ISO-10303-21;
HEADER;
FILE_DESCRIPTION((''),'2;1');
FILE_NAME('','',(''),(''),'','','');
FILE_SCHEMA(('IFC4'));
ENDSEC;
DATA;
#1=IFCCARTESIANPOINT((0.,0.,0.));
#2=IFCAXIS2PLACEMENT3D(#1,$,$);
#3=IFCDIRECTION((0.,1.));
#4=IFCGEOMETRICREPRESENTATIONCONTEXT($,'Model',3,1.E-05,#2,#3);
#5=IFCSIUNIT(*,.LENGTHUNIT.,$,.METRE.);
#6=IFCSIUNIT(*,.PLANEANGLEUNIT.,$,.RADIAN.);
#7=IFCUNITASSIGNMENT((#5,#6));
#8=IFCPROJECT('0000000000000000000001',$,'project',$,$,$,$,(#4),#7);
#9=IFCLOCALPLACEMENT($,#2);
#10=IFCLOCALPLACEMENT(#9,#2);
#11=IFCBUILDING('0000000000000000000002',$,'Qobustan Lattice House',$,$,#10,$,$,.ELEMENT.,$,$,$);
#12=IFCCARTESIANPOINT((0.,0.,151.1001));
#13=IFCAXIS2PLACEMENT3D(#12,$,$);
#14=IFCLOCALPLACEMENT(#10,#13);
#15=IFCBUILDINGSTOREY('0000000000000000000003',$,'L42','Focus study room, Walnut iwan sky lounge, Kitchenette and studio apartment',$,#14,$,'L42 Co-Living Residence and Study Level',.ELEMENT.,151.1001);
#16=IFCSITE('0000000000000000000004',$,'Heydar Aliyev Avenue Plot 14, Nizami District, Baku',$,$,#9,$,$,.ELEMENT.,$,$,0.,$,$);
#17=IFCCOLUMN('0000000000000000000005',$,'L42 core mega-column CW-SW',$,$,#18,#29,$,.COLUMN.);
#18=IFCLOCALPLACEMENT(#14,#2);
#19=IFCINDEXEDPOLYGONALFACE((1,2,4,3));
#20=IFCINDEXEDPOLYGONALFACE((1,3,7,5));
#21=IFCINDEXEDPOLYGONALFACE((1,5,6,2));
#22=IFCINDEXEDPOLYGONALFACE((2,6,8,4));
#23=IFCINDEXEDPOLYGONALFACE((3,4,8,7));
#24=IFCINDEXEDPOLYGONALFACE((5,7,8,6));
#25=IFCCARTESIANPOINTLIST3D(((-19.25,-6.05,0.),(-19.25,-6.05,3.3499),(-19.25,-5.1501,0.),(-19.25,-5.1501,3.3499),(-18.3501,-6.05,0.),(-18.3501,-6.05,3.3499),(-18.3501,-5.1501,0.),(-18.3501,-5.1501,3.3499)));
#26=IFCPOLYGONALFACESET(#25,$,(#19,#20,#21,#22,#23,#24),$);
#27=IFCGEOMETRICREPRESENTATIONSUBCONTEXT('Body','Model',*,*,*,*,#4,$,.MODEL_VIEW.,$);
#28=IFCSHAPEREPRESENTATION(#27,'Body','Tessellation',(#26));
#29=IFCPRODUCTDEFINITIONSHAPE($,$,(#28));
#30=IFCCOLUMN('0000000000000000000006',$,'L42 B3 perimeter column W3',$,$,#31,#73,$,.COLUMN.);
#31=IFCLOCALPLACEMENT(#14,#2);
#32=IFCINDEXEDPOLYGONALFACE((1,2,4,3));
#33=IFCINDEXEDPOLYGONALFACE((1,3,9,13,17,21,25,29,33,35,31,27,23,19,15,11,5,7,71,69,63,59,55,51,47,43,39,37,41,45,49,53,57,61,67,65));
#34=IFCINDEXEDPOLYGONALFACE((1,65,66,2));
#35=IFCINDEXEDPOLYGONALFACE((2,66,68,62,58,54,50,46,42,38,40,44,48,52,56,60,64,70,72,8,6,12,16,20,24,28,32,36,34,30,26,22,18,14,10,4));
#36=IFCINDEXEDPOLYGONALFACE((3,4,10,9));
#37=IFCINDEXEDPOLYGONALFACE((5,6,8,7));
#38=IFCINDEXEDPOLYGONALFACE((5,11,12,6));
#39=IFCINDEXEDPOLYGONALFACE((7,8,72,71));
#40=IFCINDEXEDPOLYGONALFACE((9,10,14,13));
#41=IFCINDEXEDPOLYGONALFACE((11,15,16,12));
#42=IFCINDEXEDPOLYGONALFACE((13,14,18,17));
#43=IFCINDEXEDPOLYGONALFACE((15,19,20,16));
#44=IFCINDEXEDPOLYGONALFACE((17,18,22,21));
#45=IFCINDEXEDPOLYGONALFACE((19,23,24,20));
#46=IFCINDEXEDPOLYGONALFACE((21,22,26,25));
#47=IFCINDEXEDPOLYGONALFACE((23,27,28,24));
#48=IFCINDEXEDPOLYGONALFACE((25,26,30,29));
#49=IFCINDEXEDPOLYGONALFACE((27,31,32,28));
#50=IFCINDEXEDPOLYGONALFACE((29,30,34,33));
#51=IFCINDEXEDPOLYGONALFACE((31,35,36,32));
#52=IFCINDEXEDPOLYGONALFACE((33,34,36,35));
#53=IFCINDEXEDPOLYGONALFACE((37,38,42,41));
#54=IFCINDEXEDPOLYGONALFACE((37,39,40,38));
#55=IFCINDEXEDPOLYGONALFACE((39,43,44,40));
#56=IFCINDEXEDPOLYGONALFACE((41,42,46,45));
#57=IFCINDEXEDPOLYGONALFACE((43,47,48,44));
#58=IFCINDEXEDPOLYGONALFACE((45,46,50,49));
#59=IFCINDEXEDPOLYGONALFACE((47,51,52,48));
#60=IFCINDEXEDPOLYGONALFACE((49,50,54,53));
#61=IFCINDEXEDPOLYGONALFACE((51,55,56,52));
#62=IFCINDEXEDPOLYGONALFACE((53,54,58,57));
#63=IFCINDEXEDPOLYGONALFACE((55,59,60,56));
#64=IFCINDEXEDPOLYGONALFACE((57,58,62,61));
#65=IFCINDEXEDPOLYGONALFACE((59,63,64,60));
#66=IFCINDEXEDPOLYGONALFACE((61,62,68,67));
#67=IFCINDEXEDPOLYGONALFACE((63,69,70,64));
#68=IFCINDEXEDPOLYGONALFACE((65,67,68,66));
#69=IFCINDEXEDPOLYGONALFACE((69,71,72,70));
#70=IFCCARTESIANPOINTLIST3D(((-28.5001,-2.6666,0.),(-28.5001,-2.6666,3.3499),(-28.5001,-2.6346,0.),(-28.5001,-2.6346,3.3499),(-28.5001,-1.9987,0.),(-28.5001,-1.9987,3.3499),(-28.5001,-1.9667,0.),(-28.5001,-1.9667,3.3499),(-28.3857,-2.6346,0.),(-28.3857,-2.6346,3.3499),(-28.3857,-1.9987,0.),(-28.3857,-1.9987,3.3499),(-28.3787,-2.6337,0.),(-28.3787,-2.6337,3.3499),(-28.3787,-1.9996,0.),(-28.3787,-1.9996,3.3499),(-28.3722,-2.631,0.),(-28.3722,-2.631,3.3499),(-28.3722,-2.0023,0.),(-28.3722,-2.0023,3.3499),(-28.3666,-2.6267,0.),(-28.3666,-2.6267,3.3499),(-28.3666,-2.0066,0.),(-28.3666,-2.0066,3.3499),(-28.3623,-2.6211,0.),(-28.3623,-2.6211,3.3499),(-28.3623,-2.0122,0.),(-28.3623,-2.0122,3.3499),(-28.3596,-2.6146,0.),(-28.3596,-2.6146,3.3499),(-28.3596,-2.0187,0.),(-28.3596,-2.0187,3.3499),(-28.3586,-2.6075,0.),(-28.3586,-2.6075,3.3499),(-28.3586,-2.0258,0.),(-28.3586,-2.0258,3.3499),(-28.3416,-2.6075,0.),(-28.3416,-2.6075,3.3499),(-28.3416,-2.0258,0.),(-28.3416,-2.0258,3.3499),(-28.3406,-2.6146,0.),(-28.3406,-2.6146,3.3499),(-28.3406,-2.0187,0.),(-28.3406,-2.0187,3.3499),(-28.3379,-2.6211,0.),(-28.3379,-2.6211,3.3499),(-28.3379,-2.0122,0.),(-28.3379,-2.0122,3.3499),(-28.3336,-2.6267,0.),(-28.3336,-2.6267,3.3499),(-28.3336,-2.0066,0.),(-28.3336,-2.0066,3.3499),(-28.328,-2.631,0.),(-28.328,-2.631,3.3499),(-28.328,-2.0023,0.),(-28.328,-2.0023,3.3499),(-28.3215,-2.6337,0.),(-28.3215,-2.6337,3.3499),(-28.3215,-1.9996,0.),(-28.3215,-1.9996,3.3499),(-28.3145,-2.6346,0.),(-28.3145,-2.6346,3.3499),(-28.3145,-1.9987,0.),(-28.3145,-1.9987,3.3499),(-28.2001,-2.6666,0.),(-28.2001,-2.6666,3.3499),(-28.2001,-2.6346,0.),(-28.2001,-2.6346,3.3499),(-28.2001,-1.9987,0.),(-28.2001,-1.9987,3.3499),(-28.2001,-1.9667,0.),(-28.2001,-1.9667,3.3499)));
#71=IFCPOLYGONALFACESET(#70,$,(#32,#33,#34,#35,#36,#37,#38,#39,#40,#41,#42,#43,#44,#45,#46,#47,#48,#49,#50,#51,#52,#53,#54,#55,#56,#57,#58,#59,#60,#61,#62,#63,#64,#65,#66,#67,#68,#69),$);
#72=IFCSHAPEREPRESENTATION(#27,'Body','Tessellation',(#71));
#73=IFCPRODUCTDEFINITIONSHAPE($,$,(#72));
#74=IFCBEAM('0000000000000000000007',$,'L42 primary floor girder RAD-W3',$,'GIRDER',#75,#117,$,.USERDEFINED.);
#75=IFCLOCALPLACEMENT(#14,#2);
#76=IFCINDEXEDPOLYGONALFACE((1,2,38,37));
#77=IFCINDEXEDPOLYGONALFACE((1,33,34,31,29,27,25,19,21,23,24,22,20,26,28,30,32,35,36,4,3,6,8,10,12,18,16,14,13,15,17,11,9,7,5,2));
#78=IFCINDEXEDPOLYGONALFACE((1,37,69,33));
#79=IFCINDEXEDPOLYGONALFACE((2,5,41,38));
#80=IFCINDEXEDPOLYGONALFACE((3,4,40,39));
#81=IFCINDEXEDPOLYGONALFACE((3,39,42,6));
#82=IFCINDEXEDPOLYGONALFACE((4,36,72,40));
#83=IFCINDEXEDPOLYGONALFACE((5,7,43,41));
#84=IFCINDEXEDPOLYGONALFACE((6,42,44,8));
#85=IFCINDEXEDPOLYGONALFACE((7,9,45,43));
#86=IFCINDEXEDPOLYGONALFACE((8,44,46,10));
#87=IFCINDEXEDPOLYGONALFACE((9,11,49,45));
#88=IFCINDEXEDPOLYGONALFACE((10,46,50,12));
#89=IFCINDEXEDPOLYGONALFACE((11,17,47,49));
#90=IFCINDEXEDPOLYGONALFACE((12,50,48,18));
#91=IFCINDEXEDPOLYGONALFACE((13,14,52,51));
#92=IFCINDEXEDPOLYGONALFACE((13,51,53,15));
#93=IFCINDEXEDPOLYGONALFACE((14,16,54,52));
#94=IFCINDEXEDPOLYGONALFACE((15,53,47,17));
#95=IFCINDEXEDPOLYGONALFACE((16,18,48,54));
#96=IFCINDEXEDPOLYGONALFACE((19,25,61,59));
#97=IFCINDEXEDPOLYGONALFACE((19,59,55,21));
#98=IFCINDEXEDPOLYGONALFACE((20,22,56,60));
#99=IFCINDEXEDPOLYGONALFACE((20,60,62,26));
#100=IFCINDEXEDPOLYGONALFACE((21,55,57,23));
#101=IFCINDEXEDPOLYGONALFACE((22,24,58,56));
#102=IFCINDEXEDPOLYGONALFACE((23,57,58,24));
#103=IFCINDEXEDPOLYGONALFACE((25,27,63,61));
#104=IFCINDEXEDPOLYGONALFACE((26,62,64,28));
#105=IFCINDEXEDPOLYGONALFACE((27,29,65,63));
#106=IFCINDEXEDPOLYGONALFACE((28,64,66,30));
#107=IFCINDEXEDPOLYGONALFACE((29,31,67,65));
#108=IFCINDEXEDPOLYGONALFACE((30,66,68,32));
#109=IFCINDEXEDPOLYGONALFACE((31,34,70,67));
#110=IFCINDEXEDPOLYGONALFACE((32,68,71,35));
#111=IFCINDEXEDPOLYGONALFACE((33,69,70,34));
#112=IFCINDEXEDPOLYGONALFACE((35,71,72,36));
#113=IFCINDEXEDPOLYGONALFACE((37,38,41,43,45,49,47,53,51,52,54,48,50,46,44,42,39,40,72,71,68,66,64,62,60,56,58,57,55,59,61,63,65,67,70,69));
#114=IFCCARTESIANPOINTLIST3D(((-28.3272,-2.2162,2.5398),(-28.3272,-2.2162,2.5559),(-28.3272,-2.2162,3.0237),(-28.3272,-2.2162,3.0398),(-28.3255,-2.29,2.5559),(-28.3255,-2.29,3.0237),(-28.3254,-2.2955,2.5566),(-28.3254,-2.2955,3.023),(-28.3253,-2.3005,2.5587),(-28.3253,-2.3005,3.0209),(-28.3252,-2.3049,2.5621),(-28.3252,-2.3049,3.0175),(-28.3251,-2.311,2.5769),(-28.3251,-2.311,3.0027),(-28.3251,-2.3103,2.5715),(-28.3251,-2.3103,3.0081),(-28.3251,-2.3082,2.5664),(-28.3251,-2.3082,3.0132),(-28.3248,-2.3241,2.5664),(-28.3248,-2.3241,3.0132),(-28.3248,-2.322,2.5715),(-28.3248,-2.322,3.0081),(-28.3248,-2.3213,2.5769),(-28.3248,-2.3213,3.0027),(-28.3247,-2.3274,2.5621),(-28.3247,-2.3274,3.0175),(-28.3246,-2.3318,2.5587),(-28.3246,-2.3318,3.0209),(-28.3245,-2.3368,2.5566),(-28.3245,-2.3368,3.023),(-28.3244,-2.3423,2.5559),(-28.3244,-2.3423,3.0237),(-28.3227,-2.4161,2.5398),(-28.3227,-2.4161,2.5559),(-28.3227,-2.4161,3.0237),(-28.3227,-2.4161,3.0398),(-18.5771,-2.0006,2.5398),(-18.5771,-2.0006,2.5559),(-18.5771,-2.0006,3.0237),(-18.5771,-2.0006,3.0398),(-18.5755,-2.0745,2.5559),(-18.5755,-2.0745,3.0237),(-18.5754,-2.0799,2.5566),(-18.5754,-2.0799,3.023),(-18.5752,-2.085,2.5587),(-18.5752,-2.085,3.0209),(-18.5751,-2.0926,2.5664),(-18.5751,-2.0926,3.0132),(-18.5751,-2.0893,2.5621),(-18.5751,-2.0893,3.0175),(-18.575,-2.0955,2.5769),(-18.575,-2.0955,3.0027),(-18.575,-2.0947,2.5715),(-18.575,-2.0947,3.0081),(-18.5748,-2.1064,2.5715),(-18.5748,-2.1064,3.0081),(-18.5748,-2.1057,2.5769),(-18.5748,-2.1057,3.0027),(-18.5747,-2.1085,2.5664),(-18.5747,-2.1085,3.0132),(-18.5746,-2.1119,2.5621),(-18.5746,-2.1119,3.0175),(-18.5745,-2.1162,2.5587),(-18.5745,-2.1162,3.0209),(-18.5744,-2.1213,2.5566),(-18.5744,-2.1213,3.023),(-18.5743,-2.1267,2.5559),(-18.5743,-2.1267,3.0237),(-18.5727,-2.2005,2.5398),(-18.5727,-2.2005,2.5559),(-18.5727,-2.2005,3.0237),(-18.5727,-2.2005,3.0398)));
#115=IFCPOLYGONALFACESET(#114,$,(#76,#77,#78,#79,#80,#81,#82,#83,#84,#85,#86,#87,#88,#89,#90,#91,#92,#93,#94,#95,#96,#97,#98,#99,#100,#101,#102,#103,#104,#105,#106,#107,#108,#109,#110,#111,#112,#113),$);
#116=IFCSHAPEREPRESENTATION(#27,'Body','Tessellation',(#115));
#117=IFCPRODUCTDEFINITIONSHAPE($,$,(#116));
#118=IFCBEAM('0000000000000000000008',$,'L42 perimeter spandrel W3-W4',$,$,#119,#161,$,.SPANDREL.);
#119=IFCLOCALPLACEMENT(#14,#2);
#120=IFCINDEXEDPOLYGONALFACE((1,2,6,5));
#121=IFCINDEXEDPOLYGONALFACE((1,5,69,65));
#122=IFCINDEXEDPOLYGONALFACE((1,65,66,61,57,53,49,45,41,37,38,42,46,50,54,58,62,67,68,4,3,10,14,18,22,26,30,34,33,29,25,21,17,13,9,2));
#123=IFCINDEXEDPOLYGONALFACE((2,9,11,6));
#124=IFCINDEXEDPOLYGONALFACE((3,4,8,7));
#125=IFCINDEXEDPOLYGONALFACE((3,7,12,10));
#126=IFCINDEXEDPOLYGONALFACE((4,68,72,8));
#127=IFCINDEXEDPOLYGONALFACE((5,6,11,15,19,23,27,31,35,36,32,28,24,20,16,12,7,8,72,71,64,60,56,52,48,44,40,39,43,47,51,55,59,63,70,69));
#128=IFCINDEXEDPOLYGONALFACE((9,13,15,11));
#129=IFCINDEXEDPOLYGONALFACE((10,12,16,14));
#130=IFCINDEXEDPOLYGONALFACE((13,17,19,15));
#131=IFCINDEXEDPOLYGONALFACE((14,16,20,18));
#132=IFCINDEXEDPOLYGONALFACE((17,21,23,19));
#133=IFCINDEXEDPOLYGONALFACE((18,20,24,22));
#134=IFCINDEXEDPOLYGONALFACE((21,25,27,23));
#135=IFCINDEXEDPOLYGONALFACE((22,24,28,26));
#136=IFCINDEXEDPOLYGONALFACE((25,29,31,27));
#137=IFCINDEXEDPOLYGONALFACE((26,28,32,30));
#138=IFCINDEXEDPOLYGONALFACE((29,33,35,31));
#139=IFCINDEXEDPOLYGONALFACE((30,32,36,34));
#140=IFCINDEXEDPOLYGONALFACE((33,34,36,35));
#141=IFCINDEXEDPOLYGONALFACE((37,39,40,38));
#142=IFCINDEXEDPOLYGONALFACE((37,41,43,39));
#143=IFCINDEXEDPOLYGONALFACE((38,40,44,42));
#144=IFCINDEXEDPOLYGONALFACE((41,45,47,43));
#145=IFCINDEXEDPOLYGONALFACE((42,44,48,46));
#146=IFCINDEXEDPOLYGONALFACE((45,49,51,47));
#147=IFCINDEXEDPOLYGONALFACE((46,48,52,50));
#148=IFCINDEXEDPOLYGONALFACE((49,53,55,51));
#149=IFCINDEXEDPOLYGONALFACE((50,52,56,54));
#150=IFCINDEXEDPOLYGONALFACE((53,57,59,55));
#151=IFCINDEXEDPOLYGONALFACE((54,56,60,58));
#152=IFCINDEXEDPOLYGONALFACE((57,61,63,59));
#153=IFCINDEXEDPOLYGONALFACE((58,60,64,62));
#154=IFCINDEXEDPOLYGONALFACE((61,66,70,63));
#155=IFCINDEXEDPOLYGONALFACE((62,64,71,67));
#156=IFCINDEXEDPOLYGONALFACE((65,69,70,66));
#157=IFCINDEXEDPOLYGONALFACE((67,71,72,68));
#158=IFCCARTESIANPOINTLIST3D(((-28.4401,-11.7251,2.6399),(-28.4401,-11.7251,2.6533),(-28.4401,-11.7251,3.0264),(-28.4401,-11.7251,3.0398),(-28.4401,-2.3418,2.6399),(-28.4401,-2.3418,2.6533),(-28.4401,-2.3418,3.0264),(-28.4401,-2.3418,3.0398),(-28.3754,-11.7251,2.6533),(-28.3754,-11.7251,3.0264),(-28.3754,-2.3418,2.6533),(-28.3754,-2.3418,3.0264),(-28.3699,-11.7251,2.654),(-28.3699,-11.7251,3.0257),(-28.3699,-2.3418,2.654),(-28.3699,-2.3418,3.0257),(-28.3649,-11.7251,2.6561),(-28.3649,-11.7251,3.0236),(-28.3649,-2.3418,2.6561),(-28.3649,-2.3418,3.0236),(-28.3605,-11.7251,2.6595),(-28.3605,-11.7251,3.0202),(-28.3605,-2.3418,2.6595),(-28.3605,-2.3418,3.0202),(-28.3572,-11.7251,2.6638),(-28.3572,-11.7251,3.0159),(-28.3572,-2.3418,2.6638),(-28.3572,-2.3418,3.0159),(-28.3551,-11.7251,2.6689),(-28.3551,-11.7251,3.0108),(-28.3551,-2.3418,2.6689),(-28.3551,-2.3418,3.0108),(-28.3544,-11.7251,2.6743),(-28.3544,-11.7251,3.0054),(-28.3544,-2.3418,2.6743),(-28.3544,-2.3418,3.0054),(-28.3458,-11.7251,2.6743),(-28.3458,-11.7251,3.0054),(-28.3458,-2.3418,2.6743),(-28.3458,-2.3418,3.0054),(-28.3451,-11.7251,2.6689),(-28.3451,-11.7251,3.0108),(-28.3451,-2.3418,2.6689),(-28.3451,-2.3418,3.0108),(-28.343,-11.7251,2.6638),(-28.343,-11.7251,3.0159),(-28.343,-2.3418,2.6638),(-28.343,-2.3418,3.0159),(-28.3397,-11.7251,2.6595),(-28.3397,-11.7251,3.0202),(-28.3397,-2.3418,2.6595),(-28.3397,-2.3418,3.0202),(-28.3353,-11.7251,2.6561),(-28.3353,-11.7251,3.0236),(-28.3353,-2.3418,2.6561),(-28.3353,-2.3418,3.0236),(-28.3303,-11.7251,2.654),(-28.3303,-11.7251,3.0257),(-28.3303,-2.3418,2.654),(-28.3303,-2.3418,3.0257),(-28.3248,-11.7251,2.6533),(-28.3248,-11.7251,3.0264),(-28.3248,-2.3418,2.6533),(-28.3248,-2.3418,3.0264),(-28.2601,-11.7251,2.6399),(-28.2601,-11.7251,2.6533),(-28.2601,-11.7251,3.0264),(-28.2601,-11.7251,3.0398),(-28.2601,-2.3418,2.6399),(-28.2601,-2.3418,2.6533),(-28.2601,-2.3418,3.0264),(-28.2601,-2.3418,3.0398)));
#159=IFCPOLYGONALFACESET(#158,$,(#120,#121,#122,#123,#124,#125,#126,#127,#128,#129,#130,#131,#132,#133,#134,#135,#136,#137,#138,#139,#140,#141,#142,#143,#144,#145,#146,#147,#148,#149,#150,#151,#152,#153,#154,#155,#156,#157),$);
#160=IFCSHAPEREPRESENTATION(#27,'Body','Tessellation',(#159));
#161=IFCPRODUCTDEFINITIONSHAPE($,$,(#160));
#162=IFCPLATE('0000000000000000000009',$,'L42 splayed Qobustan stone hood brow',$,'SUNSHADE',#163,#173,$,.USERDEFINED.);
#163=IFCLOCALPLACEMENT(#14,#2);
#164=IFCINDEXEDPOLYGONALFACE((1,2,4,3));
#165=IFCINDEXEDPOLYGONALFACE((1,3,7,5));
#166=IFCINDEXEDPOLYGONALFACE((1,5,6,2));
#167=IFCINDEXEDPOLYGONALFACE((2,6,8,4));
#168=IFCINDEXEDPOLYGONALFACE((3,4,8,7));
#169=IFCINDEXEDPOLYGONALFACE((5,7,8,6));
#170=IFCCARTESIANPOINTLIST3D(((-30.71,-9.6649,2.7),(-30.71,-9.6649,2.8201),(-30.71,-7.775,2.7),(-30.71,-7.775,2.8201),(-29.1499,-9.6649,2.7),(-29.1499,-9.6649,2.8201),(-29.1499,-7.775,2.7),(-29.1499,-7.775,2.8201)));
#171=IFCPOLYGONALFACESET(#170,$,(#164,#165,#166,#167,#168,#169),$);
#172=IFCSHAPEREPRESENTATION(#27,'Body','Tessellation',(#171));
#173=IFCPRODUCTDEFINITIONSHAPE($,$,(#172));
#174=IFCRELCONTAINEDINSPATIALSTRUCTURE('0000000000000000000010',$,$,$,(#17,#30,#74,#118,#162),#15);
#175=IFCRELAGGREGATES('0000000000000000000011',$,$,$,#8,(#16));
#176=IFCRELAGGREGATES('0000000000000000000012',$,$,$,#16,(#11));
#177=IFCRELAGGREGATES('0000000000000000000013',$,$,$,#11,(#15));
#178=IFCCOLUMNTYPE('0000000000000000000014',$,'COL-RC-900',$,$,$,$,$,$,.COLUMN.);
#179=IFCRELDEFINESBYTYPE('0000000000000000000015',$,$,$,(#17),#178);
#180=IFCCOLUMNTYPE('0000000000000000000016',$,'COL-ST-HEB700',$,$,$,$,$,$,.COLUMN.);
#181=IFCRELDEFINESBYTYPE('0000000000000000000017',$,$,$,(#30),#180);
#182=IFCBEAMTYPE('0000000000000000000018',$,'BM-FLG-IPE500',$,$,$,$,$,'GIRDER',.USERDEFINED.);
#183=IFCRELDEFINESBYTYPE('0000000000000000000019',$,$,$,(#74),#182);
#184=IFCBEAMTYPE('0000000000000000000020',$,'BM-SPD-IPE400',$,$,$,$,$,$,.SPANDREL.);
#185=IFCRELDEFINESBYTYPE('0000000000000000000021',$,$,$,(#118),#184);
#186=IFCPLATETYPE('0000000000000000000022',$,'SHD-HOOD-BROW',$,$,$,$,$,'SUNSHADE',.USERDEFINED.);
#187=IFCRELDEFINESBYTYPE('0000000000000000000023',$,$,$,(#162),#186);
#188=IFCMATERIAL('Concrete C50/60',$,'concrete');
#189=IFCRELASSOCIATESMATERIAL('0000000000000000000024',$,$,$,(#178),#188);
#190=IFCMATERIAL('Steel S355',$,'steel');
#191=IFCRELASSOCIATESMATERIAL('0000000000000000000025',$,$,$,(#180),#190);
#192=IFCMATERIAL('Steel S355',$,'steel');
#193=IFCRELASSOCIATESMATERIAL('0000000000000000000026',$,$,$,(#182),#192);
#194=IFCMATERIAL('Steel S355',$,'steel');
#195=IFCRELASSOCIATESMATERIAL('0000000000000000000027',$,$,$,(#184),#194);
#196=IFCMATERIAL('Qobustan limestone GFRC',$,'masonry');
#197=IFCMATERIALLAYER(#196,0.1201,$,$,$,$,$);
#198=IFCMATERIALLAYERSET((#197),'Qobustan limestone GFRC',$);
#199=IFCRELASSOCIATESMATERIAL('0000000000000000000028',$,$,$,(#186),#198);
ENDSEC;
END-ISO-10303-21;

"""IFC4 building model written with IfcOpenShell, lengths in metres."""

from ifc_helpers import new_model, si_unit, direction, frame, origin, origin_2d, place, context, subcontext, project, spatial, rectangle, i_section, extrude, material, layer, layer_set, material_profile, profile_set, type_object, element, save


model = new_model("IFC4")

# Units and contexts
model_context = context("Model", 3, precision=1e-05, world=origin(), true_north=direction((0.0, 1.0)))
body_context = subcontext(model_context, "Body", "Model", "MODEL_VIEW")
ifc_project = project(units=[si_unit("LENGTHUNIT", "METRE"), si_unit("PLANEANGLEUNIT", "RADIAN")], contexts=[model_context])

# Site, building, storey
site_placement = place(None, origin())
site = spatial("IfcSite", under=ifc_project, at=site_placement, Name="Heydar Aliyev Avenue Plot 14, Nizami District, Baku", CompositionType="ELEMENT", RefElevation=0.0)
building_placement = place(site_placement, origin())
building = spatial("IfcBuilding", under=site, at=building_placement, Name="Qobustan Lattice House", CompositionType="ELEMENT")
storey_placement = place(building_placement, frame((0.0, 0.0, 151.1001)))
storey = spatial("IfcBuildingStorey", under=building, at=storey_placement, Name="L42", Description="Focus study room, Walnut iwan sky lounge, Kitchenette and studio apartment", LongName="L42 Co-Living Residence and Study Level", CompositionType="ELEMENT", Elevation=151.1001)

# Columns
ifc_material_1 = material(Name="Concrete C50/60", Category="concrete")
ifc_material_profile_1 = material_profile(ifc_material_1, rectangle(XDim=0.8999, YDim=0.8999, at=origin_2d()), Name="RC900x900")
ifc_profile_set_1 = profile_set([ifc_material_profile_1], Name="Concrete C50/60")
column_type_1 = type_object("IfcColumnType", Name="COL-RC-900", PredefinedType="COLUMN", material=ifc_profile_set_1)
column_1_placement = place(storey_placement, frame((-18.8, -5.6001, 0.0), z_axis=(0.0, 0.0, 1.0), x_axis=(1.0, 0.0, 0.0)))
element("IfcColumn", 1, at=column_1_placement, inside=storey, type_object=column_type_1, Name="L42 core mega-column CW-SW", PredefinedType="COLUMN", context=body_context, shape_type="SweptSolid", body=[
    extrude(rectangle(XDim=0.8999, YDim=0.8999, at=origin_2d()), origin(), (0.0, 0.0, 1.0), 3.3499),
])
ifc_material_2 = material(Name="Steel S355", Category="steel")
ifc_material_profile_2 = material_profile(ifc_material_2, i_section(OverallWidth=0.3, OverallDepth=0.7, WebThickness=0.0171, FlangeThickness=0.032, FilletRadius=0.0271, at=origin_2d()), Name="HEB700")
ifc_profile_set_2 = profile_set([ifc_material_profile_2], Name="Steel S355")
column_type_2 = type_object("IfcColumnType", Name="COL-ST-HEB700", PredefinedType="COLUMN", material=ifc_profile_set_2)
column_2_placement = place(storey_placement, frame((-28.3501, -2.3167, 0.0), z_axis=(0.0, 0.0, 1.0), x_axis=(1.0, 0.0, 0.0)))
element("IfcColumn", 2, at=column_2_placement, inside=storey, type_object=column_type_2, Name="L42 B3 perimeter column W3", PredefinedType="COLUMN", context=body_context, shape_type="SweptSolid", body=[
    extrude(i_section(OverallWidth=0.3, OverallDepth=0.7, WebThickness=0.0171, FlangeThickness=0.032, FilletRadius=0.0271, at=origin_2d()), origin(), (0.0, 0.0, 1.0), 3.3499),
])

# Beams
ifc_material_3 = material(Name="Steel S355", Category="steel")
ifc_material_profile_3 = material_profile(ifc_material_3, i_section(OverallWidth=0.2, OverallDepth=0.5, WebThickness=0.0103, FlangeThickness=0.0161, FilletRadius=0.021, at=origin_2d()), Name="IPE500")
ifc_profile_set_3 = profile_set([ifc_material_profile_3], Name="Steel S355")
beam_type_1 = type_object("IfcBeamType", Name="BM-FLG-IPE500", ElementType="GIRDER", PredefinedType="USERDEFINED", material=ifc_profile_set_3)
beam_1_placement = place(storey_placement, frame((-28.325, -2.3162, 2.7898), z_axis=(0.999756, 0.022105, 0.0), x_axis=(-0.022105, 0.999756, 0.0)))
element("IfcBeam", 3, at=beam_1_placement, inside=storey, type_object=beam_type_1, Name="L42 primary floor girder RAD-W3", ObjectType="GIRDER", PredefinedType="USERDEFINED", context=body_context, shape_type="SweptSolid", body=[
    extrude(i_section(OverallWidth=0.2, OverallDepth=0.5, WebThickness=0.0103, FlangeThickness=0.0161, FilletRadius=0.021, at=origin_2d()), origin(), (0.0, 0.0, 1.0), 9.7524),
])
ifc_material_4 = material(Name="Steel S355", Category="steel")
ifc_material_profile_4 = material_profile(ifc_material_4, i_section(OverallWidth=0.1799, OverallDepth=0.3999, WebThickness=0.0085, FlangeThickness=0.0134, FilletRadius=0.021, at=origin_2d()), Name="IPE400")
ifc_profile_set_4 = profile_set([ifc_material_profile_4], Name="Steel S355")
beam_type_2 = type_object("IfcBeamType", Name="BM-SPD-IPE400", PredefinedType="SPANDREL", material=ifc_profile_set_4)
beam_2_placement = place(storey_placement, frame((-28.3501, -2.3418, 2.8398), z_axis=(0.0, -1.0, 0.0), x_axis=(1.0, 0.0, 0.0)))
element("IfcBeam", 4, at=beam_2_placement, inside=storey, type_object=beam_type_2, Name="L42 perimeter spandrel W3-W4", PredefinedType="SPANDREL", context=body_context, shape_type="SweptSolid", body=[
    extrude(i_section(OverallWidth=0.1799, OverallDepth=0.3999, WebThickness=0.0085, FlangeThickness=0.0134, FilletRadius=0.021, at=origin_2d()), origin(), (0.0, 0.0, 1.0), 9.3833),
])

# Plate
ifc_material_5 = material(Name="Qobustan limestone GFRC", Category="masonry")
ifc_layer_1 = layer(ifc_material_5, 0.1201)
ifc_layer_set_1 = layer_set([ifc_layer_1], Name="Qobustan limestone GFRC")
plate_type = type_object("IfcPlateType", Name="SHD-HOOD-BROW", ElementType="SUNSHADE", PredefinedType="USERDEFINED", material=ifc_layer_set_1)
plate_placement = place(storey_placement, frame((-29.9299, -8.72, 2.7), z_axis=(0.0, 0.0, 1.0), x_axis=(0.0, 1.0, 0.0)))
element("IfcPlate", 5, at=plate_placement, inside=storey, type_object=plate_type, Name="L42 splayed Qobustan stone hood brow", ObjectType="SUNSHADE", PredefinedType="USERDEFINED", context=body_context, shape_type="SweptSolid", body=[
    extrude(rectangle(XDim=1.8899, YDim=1.5601, at=origin_2d()), origin(), (0.0, 0.0, 1.0), 0.1201),
])

save(model, "model.ifc")
